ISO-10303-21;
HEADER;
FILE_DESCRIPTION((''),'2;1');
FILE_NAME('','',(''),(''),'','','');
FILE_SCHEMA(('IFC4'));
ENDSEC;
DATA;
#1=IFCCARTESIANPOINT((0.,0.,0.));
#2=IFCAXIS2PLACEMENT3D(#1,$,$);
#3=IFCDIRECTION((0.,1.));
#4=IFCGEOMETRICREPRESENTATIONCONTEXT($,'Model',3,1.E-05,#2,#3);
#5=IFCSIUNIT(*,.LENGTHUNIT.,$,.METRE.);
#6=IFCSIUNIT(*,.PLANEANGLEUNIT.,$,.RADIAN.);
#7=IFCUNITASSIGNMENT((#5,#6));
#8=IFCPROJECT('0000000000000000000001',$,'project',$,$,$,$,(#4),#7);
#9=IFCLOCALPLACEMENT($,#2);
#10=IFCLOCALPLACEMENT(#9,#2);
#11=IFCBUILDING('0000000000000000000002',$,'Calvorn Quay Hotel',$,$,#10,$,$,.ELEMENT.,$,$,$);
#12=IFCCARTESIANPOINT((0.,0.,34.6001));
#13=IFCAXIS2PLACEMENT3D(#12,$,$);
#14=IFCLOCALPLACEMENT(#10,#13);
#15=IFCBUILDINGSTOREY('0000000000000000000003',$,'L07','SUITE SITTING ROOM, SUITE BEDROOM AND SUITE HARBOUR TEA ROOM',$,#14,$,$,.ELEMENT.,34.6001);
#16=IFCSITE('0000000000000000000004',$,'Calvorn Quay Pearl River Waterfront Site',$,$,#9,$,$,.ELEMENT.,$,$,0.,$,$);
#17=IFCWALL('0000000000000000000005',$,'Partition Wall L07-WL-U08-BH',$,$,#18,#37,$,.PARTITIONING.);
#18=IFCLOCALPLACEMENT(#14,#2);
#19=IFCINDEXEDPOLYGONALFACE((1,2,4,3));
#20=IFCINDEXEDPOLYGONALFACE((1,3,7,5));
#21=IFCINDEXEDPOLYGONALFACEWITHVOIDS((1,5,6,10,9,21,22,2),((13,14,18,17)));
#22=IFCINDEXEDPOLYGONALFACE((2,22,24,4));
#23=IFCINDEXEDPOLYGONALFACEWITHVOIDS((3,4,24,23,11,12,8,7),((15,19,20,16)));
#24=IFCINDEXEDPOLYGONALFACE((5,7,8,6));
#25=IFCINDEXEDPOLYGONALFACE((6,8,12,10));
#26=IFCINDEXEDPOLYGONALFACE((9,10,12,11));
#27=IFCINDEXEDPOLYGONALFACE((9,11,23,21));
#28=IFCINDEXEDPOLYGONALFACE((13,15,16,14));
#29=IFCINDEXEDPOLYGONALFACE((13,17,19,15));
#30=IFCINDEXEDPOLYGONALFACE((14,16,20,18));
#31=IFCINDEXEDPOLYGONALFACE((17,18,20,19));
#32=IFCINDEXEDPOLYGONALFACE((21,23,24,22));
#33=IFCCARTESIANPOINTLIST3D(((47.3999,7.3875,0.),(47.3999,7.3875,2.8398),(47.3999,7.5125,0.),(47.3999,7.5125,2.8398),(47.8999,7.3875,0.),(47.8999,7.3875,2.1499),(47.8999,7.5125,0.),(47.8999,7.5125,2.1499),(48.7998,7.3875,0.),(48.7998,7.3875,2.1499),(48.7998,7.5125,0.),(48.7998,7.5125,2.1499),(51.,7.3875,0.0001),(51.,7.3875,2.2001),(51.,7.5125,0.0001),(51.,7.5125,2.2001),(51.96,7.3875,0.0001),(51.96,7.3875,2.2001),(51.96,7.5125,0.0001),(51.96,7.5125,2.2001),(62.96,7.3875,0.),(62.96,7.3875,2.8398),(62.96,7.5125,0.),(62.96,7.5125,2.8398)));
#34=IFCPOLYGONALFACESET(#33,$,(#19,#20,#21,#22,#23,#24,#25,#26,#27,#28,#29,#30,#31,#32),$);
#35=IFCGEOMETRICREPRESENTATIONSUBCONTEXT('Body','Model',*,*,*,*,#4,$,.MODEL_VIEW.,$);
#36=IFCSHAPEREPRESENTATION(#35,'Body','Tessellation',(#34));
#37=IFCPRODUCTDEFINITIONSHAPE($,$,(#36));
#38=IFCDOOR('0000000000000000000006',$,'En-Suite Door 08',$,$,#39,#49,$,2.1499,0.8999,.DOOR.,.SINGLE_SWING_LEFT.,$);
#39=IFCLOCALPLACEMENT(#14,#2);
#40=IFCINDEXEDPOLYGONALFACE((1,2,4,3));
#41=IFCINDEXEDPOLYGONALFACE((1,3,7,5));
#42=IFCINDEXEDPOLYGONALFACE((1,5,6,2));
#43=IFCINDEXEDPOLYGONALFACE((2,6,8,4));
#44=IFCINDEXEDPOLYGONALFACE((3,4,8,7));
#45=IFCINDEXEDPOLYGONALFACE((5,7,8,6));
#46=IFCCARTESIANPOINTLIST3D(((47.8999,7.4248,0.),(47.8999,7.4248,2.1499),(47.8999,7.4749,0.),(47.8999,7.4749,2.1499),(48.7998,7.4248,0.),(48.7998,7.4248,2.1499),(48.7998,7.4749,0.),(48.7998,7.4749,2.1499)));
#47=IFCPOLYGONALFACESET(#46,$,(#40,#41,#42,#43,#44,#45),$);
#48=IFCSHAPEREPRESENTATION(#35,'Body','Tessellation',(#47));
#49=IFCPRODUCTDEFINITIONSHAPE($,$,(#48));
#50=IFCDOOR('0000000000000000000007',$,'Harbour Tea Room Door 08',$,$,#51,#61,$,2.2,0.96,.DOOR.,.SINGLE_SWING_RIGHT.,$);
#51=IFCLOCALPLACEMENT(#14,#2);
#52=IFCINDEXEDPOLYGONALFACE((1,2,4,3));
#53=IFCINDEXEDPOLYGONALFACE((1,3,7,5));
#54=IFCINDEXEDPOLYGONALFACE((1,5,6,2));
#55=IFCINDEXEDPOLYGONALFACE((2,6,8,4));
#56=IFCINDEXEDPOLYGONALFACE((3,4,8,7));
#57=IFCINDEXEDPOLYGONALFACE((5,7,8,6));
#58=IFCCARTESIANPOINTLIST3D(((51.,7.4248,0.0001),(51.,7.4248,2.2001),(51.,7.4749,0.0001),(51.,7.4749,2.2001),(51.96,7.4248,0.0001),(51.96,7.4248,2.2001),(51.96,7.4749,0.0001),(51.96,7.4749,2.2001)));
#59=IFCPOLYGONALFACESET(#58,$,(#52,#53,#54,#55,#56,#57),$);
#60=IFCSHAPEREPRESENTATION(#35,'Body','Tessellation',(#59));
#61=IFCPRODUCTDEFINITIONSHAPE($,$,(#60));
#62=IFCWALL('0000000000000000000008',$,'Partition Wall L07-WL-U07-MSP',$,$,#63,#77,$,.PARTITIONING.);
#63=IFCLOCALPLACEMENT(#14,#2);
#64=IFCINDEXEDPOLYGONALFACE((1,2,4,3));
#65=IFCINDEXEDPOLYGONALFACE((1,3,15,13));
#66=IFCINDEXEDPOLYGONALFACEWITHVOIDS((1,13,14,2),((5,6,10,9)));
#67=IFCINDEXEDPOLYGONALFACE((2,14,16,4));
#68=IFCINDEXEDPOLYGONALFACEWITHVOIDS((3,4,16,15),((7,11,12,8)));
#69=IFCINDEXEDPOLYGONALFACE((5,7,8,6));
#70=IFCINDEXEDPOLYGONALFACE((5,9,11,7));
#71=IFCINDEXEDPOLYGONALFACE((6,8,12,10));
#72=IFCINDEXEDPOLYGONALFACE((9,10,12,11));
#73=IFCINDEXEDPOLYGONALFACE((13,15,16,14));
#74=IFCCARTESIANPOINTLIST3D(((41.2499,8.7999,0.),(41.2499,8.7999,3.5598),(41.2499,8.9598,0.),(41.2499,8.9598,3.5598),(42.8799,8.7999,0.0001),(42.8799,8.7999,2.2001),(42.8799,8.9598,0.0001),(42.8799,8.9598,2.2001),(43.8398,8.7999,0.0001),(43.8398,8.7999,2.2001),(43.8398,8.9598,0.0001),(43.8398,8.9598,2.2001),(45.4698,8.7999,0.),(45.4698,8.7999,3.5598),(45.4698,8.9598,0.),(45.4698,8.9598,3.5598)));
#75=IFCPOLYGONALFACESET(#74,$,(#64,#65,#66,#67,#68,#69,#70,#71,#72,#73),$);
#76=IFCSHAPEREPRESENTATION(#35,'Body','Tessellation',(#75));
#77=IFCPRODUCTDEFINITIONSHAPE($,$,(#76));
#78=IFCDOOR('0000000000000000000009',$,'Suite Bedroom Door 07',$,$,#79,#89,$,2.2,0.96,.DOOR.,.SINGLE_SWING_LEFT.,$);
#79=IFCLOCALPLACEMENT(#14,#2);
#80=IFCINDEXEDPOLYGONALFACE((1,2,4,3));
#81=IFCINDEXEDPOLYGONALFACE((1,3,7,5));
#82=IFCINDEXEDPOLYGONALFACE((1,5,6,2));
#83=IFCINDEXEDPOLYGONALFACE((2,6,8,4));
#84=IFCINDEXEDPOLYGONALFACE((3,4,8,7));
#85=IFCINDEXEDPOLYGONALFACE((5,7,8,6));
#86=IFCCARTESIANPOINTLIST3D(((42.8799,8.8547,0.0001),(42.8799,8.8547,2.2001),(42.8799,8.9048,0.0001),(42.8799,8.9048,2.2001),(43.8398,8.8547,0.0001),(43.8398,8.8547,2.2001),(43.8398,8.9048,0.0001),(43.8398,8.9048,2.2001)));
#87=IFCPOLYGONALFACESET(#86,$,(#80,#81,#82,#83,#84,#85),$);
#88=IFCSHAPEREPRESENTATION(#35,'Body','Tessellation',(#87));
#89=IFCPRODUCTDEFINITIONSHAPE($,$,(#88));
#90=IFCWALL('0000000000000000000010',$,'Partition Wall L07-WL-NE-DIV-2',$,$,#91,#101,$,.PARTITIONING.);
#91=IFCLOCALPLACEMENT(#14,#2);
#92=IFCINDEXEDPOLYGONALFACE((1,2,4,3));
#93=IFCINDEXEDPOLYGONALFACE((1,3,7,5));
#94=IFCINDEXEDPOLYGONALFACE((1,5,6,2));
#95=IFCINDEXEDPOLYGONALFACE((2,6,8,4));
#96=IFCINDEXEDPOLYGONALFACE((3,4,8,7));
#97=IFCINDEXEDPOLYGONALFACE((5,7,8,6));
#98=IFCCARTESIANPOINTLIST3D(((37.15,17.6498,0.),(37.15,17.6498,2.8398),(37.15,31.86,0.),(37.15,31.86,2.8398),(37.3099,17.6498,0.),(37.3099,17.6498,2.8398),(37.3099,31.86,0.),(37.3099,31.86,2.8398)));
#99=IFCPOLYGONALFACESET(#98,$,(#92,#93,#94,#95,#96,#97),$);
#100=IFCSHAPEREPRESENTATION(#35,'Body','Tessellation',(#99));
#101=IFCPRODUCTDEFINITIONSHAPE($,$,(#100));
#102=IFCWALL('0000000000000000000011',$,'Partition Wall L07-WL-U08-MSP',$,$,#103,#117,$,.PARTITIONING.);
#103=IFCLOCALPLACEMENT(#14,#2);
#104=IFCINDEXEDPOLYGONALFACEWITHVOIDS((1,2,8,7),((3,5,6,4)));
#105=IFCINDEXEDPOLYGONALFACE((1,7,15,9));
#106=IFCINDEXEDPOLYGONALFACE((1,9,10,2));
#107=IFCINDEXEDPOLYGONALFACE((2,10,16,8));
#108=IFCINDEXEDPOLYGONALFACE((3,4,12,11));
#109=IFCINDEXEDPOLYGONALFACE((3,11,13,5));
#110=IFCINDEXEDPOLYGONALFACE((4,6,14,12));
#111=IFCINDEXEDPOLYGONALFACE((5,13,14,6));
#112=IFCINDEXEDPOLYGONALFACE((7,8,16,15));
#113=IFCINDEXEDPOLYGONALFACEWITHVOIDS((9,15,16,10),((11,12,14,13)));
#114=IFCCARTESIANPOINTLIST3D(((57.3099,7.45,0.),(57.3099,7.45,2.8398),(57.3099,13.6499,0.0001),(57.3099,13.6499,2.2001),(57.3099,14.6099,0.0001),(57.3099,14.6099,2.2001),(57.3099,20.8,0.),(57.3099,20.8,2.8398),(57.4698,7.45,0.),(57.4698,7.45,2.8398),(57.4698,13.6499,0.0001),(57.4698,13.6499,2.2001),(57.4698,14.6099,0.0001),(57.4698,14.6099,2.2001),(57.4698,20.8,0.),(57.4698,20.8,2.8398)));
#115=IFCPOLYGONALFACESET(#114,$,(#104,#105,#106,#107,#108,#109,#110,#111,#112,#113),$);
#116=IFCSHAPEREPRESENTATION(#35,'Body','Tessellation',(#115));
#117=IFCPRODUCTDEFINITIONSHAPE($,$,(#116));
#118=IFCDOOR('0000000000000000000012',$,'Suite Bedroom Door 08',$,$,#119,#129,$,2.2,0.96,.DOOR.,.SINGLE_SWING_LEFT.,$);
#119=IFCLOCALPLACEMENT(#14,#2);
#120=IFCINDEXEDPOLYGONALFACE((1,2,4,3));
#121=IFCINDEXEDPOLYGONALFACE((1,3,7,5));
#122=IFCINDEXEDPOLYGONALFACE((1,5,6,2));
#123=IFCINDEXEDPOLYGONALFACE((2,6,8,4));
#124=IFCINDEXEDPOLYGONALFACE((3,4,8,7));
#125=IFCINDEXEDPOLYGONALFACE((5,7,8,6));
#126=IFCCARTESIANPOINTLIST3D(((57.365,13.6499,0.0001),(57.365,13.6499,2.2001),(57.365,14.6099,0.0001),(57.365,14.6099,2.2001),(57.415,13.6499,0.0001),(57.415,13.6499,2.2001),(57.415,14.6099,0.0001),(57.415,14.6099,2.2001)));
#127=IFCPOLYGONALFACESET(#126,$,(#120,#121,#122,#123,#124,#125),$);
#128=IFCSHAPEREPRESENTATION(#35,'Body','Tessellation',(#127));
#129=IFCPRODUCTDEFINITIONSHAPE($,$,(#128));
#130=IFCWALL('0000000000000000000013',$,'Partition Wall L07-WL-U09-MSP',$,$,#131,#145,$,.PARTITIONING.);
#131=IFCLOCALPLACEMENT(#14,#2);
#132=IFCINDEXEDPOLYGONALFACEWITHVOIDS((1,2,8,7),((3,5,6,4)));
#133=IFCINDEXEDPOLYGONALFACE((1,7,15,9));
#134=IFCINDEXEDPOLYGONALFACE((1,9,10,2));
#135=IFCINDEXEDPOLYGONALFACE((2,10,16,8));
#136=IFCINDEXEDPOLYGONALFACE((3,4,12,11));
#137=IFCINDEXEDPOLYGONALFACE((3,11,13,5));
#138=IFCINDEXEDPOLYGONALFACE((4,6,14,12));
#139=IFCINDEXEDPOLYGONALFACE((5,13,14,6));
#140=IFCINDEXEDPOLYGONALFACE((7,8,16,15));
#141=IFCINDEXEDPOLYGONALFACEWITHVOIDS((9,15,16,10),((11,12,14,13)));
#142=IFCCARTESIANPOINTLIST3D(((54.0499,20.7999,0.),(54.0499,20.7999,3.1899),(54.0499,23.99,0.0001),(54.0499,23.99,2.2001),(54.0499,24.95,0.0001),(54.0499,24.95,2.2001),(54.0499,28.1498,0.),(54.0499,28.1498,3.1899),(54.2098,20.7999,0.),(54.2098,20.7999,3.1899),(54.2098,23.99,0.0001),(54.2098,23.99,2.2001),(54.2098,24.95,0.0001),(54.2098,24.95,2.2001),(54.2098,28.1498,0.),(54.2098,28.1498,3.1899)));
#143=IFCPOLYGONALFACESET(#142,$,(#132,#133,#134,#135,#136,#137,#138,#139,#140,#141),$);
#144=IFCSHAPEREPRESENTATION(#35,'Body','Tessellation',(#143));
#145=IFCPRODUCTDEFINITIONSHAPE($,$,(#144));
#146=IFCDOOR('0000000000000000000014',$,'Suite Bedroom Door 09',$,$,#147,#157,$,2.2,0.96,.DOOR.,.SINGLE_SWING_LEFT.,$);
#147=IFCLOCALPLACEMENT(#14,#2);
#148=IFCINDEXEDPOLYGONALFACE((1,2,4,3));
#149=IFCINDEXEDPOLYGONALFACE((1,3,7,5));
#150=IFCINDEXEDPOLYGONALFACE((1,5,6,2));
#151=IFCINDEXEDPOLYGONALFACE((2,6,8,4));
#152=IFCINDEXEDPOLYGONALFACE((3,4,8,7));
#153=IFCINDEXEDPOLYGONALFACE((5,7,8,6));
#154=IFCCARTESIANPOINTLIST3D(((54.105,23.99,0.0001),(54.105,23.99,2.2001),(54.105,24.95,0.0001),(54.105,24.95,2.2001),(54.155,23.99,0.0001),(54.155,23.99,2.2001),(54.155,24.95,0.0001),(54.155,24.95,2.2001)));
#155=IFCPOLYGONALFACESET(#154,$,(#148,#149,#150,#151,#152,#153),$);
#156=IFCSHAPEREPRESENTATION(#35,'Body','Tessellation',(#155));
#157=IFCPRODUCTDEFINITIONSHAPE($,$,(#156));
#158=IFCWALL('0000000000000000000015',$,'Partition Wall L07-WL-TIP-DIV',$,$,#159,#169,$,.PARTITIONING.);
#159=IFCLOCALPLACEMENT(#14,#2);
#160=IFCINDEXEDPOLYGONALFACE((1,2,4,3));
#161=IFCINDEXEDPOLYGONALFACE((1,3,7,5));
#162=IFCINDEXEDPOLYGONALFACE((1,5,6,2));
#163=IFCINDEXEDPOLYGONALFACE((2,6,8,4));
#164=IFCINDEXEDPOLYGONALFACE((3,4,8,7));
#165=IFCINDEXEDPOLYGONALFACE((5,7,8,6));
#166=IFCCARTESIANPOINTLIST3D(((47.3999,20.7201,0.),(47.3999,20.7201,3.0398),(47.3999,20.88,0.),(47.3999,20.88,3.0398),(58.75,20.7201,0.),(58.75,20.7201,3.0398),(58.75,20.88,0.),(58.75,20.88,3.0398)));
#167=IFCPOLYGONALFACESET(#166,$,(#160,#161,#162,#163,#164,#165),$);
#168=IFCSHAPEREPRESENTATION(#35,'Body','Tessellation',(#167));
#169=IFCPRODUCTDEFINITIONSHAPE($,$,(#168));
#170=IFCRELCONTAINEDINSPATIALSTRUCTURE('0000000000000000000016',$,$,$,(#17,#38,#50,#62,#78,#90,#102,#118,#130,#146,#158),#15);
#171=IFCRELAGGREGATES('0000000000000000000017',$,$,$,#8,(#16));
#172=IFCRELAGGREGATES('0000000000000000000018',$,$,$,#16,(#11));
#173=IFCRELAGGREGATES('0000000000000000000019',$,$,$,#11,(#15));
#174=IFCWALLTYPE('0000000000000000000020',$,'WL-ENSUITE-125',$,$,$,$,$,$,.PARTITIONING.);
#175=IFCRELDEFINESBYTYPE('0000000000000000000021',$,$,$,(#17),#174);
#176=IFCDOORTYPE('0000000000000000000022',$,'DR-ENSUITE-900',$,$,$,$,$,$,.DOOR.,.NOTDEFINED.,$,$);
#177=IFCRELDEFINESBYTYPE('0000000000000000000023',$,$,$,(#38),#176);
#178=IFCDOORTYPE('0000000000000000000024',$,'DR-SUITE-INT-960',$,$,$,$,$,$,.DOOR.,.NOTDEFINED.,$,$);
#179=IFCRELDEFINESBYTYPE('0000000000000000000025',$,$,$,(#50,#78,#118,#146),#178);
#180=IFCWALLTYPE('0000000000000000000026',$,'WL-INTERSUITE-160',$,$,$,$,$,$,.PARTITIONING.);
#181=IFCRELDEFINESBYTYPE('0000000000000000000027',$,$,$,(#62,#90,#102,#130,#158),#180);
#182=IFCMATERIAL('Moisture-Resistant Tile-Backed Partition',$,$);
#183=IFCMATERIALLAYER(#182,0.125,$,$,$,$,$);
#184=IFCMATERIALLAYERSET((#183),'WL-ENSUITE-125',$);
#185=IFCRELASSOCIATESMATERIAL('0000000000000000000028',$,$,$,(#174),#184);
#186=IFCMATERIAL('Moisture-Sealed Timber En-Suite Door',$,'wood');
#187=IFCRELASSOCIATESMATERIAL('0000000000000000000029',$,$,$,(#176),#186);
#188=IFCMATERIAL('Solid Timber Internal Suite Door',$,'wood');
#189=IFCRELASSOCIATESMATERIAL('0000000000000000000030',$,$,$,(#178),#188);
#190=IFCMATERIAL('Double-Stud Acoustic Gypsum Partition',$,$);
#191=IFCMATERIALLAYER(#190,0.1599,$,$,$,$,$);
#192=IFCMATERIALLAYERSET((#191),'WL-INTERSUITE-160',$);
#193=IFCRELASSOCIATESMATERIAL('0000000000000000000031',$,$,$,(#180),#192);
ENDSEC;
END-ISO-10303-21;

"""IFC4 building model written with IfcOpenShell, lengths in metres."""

from ifc_helpers import new_model, si_unit, direction, frame, frame_2d, origin, place, context, subcontext, project, spatial, rectangle, extrude, material, layer, layer_set, type_object, element, fill, save


model = new_model("IFC4")

# Units and contexts
model_context = context("Model", 3, precision=1e-05, world=origin(), true_north=direction((0.0, 1.0)))
body_context = subcontext(model_context, "Body", "Model", "MODEL_VIEW")
ifc_project = project(units=[si_unit("LENGTHUNIT", "METRE"), si_unit("PLANEANGLEUNIT", "RADIAN")], contexts=[model_context])

# Site, building, storey
site_placement = place(None, origin())
site = spatial("IfcSite", under=ifc_project, at=site_placement, Name="Calvorn Quay Pearl River Waterfront Site", CompositionType="ELEMENT", RefElevation=0.0)
building_placement = place(site_placement, origin())
building = spatial("IfcBuilding", under=site, at=building_placement, Name="Calvorn Quay Hotel", CompositionType="ELEMENT")
storey_placement = place(building_placement, frame((0.0, 0.0, 34.6001)))
storey = spatial("IfcBuildingStorey", under=building, at=storey_placement, Name="L07", Description="SUITE SITTING ROOM, SUITE BEDROOM AND SUITE HARBOUR TEA ROOM", CompositionType="ELEMENT", Elevation=34.6001)

# Shared definitions
ifc_material_1 = material(Name="Moisture-Resistant Tile-Backed Partition")
ifc_layer_1 = layer(ifc_material_1, 0.125)
ifc_layer_set_1 = layer_set([ifc_layer_1], Name="WL-ENSUITE-125")
wall_type_1 = type_object("IfcWallType", Name="WL-ENSUITE-125", PredefinedType="PARTITIONING", material=ifc_layer_set_1)

# Wall, openings, doors
wall_1_placement = place(storey_placement, frame((47.3999, 7.45, 0.0), z_axis=(0.0, 0.0, 1.0), x_axis=(1.0, 0.0, 0.0)))
wall_1 = element("IfcWall", 1, at=wall_1_placement, inside=storey, type_object=wall_type_1, Name="Partition Wall L07-WL-U08-BH", PredefinedType="PARTITIONING", context=body_context, shape_type="SweptSolid", body=[
    extrude(rectangle(XDim=15.5601, YDim=0.125, at=frame_2d((7.78, 0.0))), origin(), (0.0, 0.0, 1.0), 2.8398),
])
opening_1_placement = place(wall_1_placement, frame((0.5, 0.0, 0.0)))
opening_1 = element("IfcOpeningElement", 2, at=opening_1_placement, cuts=wall_1, PredefinedType="OPENING", context=body_context, shape_type="SweptSolid", body=[
    extrude(rectangle(XDim=0.8999, YDim=2.1499, at=frame_2d((0.45, 1.075))), frame((0.0, 0.0725, 0.0), z_axis=(0.0, -1.0, 0.0), x_axis=(1.0, 0.0, 0.0)), (0.0, 0.0, 1.0), 0.145),
])
opening_2_placement = place(wall_1_placement, frame((3.6001, 0.0, 0.0)))
opening_2 = element("IfcOpeningElement", 3, at=opening_2_placement, cuts=wall_1, PredefinedType="OPENING", context=body_context, shape_type="SweptSolid", body=[
    extrude(rectangle(XDim=0.96, YDim=2.2, at=frame_2d((0.48, 1.1001))), frame((0.0, 0.0725, 0.0), z_axis=(0.0, -1.0, 0.0), x_axis=(1.0, 0.0, 0.0)), (0.0, 0.0, 1.0), 0.145),
])
ifc_material_2 = material(Name="Moisture-Sealed Timber En-Suite Door", Category="wood")
door_type_1 = type_object("IfcDoorType", Name="DR-ENSUITE-900", OperationType="NOTDEFINED", PredefinedType="DOOR", material=ifc_material_2)
door_1_placement = place(opening_1_placement, origin())
door_1 = element("IfcDoor", 4, at=door_1_placement, inside=storey, type_object=door_type_1, Name="En-Suite Door 08", OperationType="SINGLE_SWING_LEFT", OverallHeight=2.1499, OverallWidth=0.8999, PredefinedType="DOOR", context=body_context, shape_type="SweptSolid", body=[
    extrude(rectangle(XDim=0.8999, YDim=2.1499, at=frame_2d((0.45, 1.075))), frame((0.0, 0.0249, 0.0), z_axis=(0.0, -1.0, 0.0), x_axis=(1.0, 0.0, 0.0)), (0.0, 0.0, 1.0), 0.05),
])
fill(opening_1, door_1)
ifc_material_3 = material(Name="Solid Timber Internal Suite Door", Category="wood")
door_type_2 = type_object("IfcDoorType", Name="DR-SUITE-INT-960", OperationType="NOTDEFINED", PredefinedType="DOOR", material=ifc_material_3)
door_2_placement = place(opening_2_placement, origin())
door_2 = element("IfcDoor", 5, at=door_2_placement, inside=storey, type_object=door_type_2, Name="Harbour Tea Room Door 08", OperationType="SINGLE_SWING_RIGHT", OverallHeight=2.2, OverallWidth=0.96, PredefinedType="DOOR", context=body_context, shape_type="SweptSolid", body=[
    extrude(rectangle(XDim=0.96, YDim=2.2, at=frame_2d((0.48, 1.1001))), frame((0.0, 0.0249, 0.0), z_axis=(0.0, -1.0, 0.0), x_axis=(1.0, 0.0, 0.0)), (0.0, 0.0, 1.0), 0.05),
])
fill(opening_2, door_2)

# Wall, opening, door
ifc_material_4 = material(Name="Double-Stud Acoustic Gypsum Partition")
ifc_layer_2 = layer(ifc_material_4, 0.1599)
ifc_layer_set_2 = layer_set([ifc_layer_2], Name="WL-INTERSUITE-160")
wall_type_2 = type_object("IfcWallType", Name="WL-INTERSUITE-160", PredefinedType="PARTITIONING", material=ifc_layer_set_2)
wall_2_placement = place(storey_placement, frame((41.25, 8.8799, 0.0), z_axis=(0.0, 0.0, 1.0), x_axis=(1.0, 0.0, 0.0)))
wall_2 = element("IfcWall", 6, at=wall_2_placement, inside=storey, type_object=wall_type_2, Name="Partition Wall L07-WL-U07-MSP", PredefinedType="PARTITIONING", context=body_context, shape_type="SweptSolid", body=[
    extrude(rectangle(XDim=4.22, YDim=0.1599, at=frame_2d((2.1099, 0.0))), origin(), (0.0, 0.0, 1.0), 3.5598),
])
opening_3_placement = place(wall_2_placement, frame((1.6299, 0.0, 0.0)))
opening_3 = element("IfcOpeningElement", 7, at=opening_3_placement, cuts=wall_2, PredefinedType="OPENING", context=body_context, shape_type="SweptSolid", body=[
    extrude(rectangle(XDim=0.96, YDim=2.2, at=frame_2d((0.48, 1.1001))), frame((0.0, 0.0898, 0.0), z_axis=(0.0, -1.0, 0.0), x_axis=(1.0, 0.0, 0.0)), (0.0, 0.0, 1.0), 0.1799),
])
door_3_placement = place(opening_3_placement, origin())
door_3 = element("IfcDoor", 8, at=door_3_placement, inside=storey, type_object=door_type_2, Name="Suite Bedroom Door 07", OperationType="SINGLE_SWING_LEFT", OverallHeight=2.2, OverallWidth=0.96, PredefinedType="DOOR", context=body_context, shape_type="SweptSolid", body=[
    extrude(rectangle(XDim=0.96, YDim=2.2, at=frame_2d((0.48, 1.1001))), frame((0.0, 0.0249, 0.0), z_axis=(0.0, -1.0, 0.0), x_axis=(1.0, 0.0, 0.0)), (0.0, 0.0, 1.0), 0.05),
])
fill(opening_3, door_3)

# Wall
wall_3_placement = place(storey_placement, frame((37.23, 17.6499, 0.0), z_axis=(0.0, 0.0, 1.0), x_axis=(0.0, 1.0, 0.0)))
element("IfcWall", 9, at=wall_3_placement, inside=storey, type_object=wall_type_2, Name="Partition Wall L07-WL-NE-DIV-2", PredefinedType="PARTITIONING", context=body_context, shape_type="SweptSolid", body=[
    extrude(rectangle(XDim=14.2102, YDim=0.1599, at=frame_2d((7.105, 0.0))), origin(), (0.0, 0.0, 1.0), 2.8398),
])

# Walls, openings, doors
wall_4_placement = place(storey_placement, frame((57.3899, 7.45, 0.0), z_axis=(0.0, 0.0, 1.0), x_axis=(0.0, 1.0, 0.0)))
wall_4 = element("IfcWall", 10, at=wall_4_placement, inside=storey, type_object=wall_type_2, Name="Partition Wall L07-WL-U08-MSP", PredefinedType="PARTITIONING", context=body_context, shape_type="SweptSolid", body=[
    extrude(rectangle(XDim=13.3501, YDim=0.1599, at=frame_2d((6.675, 0.0))), origin(), (0.0, 0.0, 1.0), 2.8398),
])
opening_4_placement = place(wall_4_placement, frame((6.2, 0.0, 0.0)))
opening_4 = element("IfcOpeningElement", 11, at=opening_4_placement, cuts=wall_4, PredefinedType="OPENING", context=body_context, shape_type="SweptSolid", body=[
    extrude(rectangle(XDim=0.96, YDim=2.2, at=frame_2d((0.48, 1.1001))), frame((0.0, 0.0898, 0.0), z_axis=(0.0, -1.0, 0.0), x_axis=(1.0, 0.0, 0.0)), (0.0, 0.0, 1.0), 0.1799),
])
door_4_placement = place(opening_4_placement, origin())
door_4 = element("IfcDoor", 12, at=door_4_placement, inside=storey, type_object=door_type_2, Name="Suite Bedroom Door 08", OperationType="SINGLE_SWING_LEFT", OverallHeight=2.2, OverallWidth=0.96, PredefinedType="DOOR", context=body_context, shape_type="SweptSolid", body=[
    extrude(rectangle(XDim=0.96, YDim=2.2, at=frame_2d((0.48, 1.1001))), frame((0.0, 0.0249, 0.0), z_axis=(0.0, -1.0, 0.0), x_axis=(1.0, 0.0, 0.0)), (0.0, 0.0, 1.0), 0.05),
])
fill(opening_4, door_4)
wall_5_placement = place(storey_placement, frame((54.1299, 20.8, 0.0), z_axis=(0.0, 0.0, 1.0), x_axis=(0.0, 1.0, 0.0)))
wall_5 = element("IfcWall", 13, at=wall_5_placement, inside=storey, type_object=wall_type_2, Name="Partition Wall L07-WL-U09-MSP", PredefinedType="PARTITIONING", context=body_context, shape_type="SweptSolid", body=[
    extrude(rectangle(XDim=7.3499, YDim=0.1599, at=frame_2d((3.6748, 0.0))), origin(), (0.0, 0.0, 1.0), 3.1899),
])
opening_5_placement = place(wall_5_placement, frame((3.1899, 0.0, 0.0)))
opening_5 = element("IfcOpeningElement", 14, at=opening_5_placement, cuts=wall_5, PredefinedType="OPENING", context=body_context, shape_type="SweptSolid", body=[
    extrude(rectangle(XDim=0.96, YDim=2.2, at=frame_2d((0.48, 1.1001))), frame((0.0, 0.0898, 0.0), z_axis=(0.0, -1.0, 0.0), x_axis=(1.0, 0.0, 0.0)), (0.0, 0.0, 1.0), 0.1799),
])
door_5_placement = place(opening_5_placement, origin())
door_5 = element("IfcDoor", 15, at=door_5_placement, inside=storey, type_object=door_type_2, Name="Suite Bedroom Door 09", OperationType="SINGLE_SWING_LEFT", OverallHeight=2.2, OverallWidth=0.96, PredefinedType="DOOR", context=body_context, shape_type="SweptSolid", body=[
    extrude(rectangle(XDim=0.96, YDim=2.2, at=frame_2d((0.48, 1.1001))), frame((0.0, 0.0249, 0.0), z_axis=(0.0, -1.0, 0.0), x_axis=(1.0, 0.0, 0.0)), (0.0, 0.0, 1.0), 0.05),
])
fill(opening_5, door_5)

# Wall
wall_6_placement = place(storey_placement, frame((47.3999, 20.8, 0.0), z_axis=(0.0, 0.0, 1.0), x_axis=(1.0, 0.0, 0.0)))
element("IfcWall", 16, at=wall_6_placement, inside=storey, type_object=wall_type_2, Name="Partition Wall L07-WL-TIP-DIV", PredefinedType="PARTITIONING", context=body_context, shape_type="SweptSolid", body=[
    extrude(rectangle(XDim=11.3501, YDim=0.1599, at=frame_2d((5.675, 0.0))), origin(), (0.0, 0.0, 1.0), 3.0398),
])

save(model, "model.ifc")
